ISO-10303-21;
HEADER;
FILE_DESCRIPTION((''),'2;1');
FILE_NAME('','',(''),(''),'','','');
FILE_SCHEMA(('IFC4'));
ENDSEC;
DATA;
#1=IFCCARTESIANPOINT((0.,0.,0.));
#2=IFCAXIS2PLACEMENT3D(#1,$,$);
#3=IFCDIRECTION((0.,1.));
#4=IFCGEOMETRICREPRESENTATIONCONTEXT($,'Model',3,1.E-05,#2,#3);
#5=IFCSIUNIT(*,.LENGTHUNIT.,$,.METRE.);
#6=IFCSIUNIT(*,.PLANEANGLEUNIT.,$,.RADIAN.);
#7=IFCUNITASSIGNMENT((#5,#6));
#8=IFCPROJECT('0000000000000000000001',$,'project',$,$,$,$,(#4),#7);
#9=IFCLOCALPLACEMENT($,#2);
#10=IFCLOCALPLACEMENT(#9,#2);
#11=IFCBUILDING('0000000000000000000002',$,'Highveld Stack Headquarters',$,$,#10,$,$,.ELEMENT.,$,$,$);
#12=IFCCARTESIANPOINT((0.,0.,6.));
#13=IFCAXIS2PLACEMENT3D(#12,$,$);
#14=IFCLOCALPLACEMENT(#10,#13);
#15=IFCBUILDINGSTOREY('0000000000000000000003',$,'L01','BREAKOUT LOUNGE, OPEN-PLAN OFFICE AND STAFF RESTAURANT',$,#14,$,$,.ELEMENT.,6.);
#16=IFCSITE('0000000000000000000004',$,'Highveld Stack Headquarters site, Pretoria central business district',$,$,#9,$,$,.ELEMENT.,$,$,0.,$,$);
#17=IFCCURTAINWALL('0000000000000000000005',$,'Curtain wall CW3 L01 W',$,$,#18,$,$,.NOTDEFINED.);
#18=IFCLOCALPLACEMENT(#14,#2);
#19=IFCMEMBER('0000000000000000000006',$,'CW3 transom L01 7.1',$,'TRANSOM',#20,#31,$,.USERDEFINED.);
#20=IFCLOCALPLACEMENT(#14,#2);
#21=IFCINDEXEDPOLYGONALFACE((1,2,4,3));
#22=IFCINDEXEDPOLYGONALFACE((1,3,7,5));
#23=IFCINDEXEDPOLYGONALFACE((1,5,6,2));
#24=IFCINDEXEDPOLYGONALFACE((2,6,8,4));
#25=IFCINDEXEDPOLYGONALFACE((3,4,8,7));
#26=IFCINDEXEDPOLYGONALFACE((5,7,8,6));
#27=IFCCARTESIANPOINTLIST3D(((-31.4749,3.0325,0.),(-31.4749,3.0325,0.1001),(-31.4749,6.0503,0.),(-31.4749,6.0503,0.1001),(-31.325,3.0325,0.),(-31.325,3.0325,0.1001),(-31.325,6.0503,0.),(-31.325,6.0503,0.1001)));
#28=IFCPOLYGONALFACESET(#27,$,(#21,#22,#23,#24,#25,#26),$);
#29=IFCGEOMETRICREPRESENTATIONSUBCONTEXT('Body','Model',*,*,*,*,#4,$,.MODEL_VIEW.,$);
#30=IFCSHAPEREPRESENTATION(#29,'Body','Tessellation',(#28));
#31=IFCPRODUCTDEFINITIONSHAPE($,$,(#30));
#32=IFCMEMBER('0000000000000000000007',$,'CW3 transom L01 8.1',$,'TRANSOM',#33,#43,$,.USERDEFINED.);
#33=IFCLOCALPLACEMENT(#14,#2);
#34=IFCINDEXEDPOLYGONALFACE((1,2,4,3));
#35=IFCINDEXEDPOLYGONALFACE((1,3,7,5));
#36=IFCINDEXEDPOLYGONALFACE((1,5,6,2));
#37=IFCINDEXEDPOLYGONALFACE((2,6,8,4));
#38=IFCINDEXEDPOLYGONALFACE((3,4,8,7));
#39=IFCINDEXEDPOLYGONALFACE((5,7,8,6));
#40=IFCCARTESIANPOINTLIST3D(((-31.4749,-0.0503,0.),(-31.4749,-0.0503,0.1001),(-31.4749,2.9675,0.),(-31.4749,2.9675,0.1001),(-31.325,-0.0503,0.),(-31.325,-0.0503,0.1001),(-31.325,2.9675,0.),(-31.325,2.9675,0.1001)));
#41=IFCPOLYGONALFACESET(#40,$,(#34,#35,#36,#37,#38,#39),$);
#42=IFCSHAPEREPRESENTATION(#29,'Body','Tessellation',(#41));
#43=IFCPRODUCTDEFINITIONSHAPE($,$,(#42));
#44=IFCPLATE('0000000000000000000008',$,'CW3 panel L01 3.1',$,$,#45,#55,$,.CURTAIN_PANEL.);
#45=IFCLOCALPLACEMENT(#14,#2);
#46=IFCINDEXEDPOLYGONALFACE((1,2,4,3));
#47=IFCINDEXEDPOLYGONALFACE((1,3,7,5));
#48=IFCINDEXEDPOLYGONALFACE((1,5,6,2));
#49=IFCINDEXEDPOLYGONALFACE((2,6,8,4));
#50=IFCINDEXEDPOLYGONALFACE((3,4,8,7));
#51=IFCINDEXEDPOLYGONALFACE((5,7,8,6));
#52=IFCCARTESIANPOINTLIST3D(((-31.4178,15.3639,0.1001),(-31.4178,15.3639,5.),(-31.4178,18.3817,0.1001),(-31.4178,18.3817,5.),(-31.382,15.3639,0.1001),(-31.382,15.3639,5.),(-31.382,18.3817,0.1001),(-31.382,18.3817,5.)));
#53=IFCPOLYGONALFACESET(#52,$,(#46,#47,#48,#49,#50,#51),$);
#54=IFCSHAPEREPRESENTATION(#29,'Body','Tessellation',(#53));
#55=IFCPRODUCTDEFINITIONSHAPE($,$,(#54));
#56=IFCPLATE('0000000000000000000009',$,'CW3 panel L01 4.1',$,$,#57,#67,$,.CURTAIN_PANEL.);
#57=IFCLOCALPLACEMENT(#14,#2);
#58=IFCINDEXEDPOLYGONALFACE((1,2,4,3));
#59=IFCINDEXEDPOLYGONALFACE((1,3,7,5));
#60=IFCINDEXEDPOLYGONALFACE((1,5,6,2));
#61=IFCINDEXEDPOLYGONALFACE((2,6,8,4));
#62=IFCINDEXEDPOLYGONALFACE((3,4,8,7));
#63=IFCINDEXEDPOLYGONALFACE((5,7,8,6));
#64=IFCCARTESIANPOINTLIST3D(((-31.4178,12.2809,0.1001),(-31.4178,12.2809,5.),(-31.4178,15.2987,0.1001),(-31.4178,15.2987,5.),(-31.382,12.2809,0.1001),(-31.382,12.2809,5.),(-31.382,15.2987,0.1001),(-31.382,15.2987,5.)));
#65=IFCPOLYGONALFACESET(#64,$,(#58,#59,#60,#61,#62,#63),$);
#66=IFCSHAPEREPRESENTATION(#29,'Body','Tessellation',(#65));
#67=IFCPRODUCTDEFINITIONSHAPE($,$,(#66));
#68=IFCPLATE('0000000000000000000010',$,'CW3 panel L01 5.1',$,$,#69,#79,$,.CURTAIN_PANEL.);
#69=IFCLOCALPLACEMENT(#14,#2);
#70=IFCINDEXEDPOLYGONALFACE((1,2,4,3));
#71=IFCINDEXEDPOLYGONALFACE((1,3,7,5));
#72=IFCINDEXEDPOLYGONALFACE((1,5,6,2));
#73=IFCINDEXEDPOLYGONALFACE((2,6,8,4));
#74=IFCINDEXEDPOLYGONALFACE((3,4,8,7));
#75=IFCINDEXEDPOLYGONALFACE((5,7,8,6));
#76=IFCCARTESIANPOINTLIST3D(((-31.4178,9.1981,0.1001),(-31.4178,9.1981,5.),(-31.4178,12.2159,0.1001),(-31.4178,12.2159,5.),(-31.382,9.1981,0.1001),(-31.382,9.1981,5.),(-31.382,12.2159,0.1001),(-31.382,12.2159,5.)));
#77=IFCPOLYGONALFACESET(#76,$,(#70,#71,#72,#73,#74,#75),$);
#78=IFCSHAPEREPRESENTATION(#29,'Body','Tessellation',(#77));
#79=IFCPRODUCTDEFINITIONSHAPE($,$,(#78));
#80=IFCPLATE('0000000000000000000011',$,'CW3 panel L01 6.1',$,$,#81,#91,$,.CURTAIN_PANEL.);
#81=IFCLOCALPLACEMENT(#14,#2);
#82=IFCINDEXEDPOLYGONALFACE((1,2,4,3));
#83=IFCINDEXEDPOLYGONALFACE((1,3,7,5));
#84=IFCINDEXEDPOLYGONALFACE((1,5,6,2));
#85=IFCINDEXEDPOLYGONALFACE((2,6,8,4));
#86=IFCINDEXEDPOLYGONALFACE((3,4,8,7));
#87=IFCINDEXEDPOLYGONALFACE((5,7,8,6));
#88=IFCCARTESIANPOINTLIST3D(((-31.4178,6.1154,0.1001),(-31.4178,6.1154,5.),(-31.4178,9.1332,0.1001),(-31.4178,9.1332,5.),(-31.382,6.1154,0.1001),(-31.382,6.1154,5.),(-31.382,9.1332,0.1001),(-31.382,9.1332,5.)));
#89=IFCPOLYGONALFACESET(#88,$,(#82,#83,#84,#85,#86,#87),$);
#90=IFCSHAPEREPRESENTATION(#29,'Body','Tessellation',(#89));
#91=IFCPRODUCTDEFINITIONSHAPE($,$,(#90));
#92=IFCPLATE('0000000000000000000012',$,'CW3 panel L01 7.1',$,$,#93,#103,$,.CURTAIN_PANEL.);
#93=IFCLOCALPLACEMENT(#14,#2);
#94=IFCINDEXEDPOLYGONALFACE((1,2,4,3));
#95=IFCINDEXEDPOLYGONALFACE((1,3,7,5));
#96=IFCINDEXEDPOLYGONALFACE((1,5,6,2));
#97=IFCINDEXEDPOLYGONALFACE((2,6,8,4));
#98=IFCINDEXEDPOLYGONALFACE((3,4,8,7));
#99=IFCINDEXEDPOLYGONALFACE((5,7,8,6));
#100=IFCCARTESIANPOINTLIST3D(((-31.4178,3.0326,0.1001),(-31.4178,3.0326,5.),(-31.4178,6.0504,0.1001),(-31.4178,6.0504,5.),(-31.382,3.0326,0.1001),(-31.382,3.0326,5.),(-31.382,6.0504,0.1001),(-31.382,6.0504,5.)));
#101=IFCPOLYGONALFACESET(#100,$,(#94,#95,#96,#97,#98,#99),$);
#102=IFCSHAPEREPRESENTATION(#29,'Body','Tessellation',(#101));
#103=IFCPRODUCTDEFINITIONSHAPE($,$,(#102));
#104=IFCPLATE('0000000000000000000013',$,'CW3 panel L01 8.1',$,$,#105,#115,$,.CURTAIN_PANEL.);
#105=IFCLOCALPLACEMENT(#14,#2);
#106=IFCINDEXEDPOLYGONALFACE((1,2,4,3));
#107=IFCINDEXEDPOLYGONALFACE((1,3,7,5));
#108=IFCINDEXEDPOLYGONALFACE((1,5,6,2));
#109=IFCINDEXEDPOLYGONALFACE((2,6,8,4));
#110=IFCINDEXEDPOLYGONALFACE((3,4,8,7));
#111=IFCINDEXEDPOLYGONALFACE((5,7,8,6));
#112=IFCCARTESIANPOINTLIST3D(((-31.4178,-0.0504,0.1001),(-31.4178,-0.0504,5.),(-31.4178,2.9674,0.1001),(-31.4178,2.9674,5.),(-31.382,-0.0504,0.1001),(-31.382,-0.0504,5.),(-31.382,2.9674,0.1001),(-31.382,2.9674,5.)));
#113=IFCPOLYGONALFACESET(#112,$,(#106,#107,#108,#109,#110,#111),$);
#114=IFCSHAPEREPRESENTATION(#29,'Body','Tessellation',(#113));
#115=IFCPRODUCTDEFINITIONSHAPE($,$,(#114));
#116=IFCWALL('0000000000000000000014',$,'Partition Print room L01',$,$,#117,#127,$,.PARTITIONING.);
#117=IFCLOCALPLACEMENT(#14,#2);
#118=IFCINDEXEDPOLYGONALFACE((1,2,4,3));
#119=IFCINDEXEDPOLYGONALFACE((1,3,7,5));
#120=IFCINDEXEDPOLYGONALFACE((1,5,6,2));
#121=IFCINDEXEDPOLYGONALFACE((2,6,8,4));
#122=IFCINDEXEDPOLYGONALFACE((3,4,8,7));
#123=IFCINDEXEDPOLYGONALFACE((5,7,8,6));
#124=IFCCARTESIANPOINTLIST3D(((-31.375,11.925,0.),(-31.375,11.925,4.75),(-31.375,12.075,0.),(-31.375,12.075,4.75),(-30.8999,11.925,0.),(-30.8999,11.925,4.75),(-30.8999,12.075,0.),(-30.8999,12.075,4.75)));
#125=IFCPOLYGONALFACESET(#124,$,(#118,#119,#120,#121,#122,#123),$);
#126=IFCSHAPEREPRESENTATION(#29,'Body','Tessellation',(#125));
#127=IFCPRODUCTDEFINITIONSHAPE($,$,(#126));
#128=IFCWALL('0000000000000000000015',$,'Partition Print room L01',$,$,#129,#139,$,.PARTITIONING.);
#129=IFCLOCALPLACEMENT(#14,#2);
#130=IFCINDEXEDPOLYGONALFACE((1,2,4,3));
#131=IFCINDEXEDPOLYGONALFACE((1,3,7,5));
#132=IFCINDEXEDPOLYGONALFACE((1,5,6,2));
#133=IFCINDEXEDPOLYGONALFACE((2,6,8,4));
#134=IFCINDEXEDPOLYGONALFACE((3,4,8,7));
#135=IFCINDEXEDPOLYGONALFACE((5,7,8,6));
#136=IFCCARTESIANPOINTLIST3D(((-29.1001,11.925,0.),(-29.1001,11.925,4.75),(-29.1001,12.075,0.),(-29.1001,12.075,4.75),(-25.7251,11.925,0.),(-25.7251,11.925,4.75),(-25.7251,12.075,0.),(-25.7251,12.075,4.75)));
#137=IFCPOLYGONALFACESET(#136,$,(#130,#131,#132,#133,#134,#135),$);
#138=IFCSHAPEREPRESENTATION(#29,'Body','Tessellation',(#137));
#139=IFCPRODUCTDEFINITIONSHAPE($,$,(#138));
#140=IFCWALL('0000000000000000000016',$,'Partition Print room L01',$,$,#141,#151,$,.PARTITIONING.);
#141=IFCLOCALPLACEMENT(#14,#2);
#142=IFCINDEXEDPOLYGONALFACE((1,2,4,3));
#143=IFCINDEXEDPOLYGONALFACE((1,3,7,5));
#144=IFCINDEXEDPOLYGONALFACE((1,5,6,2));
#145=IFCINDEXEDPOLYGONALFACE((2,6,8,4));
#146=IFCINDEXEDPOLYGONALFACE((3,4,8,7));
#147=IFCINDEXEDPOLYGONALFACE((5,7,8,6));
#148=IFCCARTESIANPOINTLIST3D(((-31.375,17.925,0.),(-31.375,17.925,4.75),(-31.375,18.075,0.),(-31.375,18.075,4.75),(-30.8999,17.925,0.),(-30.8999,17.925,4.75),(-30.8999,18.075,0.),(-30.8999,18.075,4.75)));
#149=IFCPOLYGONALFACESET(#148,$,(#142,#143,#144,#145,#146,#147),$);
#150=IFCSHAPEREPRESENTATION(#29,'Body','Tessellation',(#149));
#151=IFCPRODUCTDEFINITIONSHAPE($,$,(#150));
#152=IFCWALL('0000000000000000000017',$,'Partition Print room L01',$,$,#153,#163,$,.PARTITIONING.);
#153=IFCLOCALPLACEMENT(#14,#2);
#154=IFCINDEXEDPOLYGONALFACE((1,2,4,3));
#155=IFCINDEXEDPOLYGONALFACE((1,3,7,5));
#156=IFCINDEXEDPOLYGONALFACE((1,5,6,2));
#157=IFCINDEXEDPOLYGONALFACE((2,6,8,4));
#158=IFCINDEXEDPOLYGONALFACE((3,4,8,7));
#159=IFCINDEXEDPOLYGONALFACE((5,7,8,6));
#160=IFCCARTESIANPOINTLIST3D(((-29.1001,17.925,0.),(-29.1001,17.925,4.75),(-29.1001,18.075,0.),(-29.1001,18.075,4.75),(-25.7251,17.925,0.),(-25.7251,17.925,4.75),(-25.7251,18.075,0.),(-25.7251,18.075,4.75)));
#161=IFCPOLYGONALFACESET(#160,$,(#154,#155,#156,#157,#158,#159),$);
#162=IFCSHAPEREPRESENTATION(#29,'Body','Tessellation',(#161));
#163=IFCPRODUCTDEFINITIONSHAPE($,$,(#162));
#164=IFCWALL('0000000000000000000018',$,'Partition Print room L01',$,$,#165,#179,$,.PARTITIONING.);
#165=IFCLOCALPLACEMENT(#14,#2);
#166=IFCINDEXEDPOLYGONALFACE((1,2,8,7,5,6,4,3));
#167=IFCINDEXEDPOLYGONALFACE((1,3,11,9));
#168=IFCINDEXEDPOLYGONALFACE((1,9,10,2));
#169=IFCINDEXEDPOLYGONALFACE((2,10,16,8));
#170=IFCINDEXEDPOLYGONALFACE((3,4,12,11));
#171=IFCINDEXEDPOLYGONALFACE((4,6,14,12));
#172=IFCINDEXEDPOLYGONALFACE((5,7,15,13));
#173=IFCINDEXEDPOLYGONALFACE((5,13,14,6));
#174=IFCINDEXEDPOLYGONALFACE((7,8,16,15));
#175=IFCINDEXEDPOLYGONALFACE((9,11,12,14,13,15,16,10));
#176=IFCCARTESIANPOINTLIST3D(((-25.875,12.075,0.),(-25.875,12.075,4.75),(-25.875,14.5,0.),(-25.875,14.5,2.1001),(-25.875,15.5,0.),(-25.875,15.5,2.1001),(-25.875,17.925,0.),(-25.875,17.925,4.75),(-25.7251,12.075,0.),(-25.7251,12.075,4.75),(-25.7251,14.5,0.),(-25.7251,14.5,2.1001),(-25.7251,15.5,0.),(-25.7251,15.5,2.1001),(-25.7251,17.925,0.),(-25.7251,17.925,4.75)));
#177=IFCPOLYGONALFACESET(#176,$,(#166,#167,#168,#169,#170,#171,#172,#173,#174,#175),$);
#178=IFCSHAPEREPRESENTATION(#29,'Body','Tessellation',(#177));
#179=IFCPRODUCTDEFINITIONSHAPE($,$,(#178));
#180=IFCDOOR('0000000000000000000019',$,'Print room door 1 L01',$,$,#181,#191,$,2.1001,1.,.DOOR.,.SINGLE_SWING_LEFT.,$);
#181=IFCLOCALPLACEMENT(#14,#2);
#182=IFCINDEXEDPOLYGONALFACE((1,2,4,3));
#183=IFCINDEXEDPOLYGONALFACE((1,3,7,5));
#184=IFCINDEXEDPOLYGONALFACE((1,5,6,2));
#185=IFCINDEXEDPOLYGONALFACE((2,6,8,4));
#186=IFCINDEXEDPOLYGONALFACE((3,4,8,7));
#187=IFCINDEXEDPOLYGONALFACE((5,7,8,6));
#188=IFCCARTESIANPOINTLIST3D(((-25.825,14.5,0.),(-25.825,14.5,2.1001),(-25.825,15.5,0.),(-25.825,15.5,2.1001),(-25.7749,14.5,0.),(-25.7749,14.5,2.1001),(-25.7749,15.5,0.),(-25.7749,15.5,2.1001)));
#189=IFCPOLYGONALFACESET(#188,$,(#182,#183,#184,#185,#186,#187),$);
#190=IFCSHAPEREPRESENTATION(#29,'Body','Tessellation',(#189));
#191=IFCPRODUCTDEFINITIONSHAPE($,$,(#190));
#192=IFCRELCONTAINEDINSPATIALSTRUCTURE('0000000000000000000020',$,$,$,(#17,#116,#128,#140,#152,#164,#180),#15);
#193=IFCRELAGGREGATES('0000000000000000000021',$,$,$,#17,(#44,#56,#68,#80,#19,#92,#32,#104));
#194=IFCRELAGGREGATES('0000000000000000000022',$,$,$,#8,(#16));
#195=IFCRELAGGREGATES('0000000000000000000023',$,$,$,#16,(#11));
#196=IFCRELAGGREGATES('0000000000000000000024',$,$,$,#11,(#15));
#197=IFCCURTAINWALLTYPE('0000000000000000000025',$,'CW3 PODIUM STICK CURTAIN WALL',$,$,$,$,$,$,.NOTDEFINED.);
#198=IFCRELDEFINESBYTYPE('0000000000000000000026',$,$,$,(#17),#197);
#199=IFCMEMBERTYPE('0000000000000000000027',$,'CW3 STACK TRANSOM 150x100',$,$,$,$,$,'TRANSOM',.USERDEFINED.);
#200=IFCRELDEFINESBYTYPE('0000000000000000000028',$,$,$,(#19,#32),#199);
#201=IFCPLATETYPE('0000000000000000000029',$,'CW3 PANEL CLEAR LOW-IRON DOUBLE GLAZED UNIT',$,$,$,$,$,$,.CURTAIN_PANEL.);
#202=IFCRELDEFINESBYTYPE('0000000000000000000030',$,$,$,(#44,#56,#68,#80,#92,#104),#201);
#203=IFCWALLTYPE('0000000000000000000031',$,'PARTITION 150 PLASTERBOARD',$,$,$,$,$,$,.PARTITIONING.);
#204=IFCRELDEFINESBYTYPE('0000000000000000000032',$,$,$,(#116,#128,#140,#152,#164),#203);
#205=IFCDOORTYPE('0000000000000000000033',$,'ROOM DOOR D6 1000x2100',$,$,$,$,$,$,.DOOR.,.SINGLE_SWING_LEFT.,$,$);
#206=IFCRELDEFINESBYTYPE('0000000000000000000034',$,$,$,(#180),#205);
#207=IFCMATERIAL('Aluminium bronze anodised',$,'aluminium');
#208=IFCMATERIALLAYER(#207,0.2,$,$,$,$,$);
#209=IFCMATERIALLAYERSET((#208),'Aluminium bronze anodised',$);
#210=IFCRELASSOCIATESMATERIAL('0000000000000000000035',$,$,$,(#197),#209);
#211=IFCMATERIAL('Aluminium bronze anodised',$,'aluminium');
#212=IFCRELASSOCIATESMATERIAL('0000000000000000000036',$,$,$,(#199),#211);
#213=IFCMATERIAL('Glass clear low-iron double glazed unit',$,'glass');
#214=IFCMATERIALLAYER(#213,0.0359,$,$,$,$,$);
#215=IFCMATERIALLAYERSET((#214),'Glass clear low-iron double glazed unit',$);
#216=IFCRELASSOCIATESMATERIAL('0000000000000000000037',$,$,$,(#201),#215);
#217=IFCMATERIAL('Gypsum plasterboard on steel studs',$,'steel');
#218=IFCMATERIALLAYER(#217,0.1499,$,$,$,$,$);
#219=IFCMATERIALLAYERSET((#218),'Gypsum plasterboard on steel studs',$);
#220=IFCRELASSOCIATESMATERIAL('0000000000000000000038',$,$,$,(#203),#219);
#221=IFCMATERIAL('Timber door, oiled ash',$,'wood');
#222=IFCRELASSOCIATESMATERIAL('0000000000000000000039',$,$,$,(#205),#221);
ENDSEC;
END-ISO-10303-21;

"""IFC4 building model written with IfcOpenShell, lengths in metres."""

from ifc_helpers import new_model, si_unit, direction, frame, frame_2d, origin, origin_2d, place, context, subcontext, project, spatial, rectangle, extrude, material, layer, layer_set, material_profile, profile_set, type_object, element, fill, aggregate, save


model = new_model("IFC4")

# Units and contexts
model_context = context("Model", 3, precision=1e-05, world=origin(), true_north=direction((0.0, 1.0)))
body_context = subcontext(model_context, "Body", "Model", "MODEL_VIEW")
ifc_project = project(units=[si_unit("LENGTHUNIT", "METRE"), si_unit("PLANEANGLEUNIT", "RADIAN")], contexts=[model_context])

# Site, building, storey
site_placement = place(None, origin())
site = spatial("IfcSite", under=ifc_project, at=site_placement, Name="Highveld Stack Headquarters site, Pretoria central business district", CompositionType="ELEMENT", RefElevation=0.0)
building_placement = place(site_placement, origin())
building = spatial("IfcBuilding", under=site, at=building_placement, Name="Highveld Stack Headquarters", CompositionType="ELEMENT")
storey_placement = place(building_placement, frame((0.0, 0.0, 6.0)))
storey = spatial("IfcBuildingStorey", under=building, at=storey_placement, Name="L01", Description="BREAKOUT LOUNGE, OPEN-PLAN OFFICE AND STAFF RESTAURANT", CompositionType="ELEMENT", Elevation=6.0)

# Curtain wall, members, plates
ifc_material_1 = material(Name="Aluminium bronze anodised", Category="aluminium")
ifc_layer_1 = layer(ifc_material_1, 0.2)
ifc_layer_set_1 = layer_set([ifc_layer_1], Name="Aluminium bronze anodised")
curtain_wall_type = type_object("IfcCurtainWallType", Name="CW3 PODIUM STICK CURTAIN WALL", PredefinedType="NOTDEFINED", material=ifc_layer_set_1)
curtain_wall_placement = place(storey_placement, origin())
curtain_wall = element("IfcCurtainWall", 1, at=curtain_wall_placement, inside=storey, type_object=curtain_wall_type, Name="Curtain wall CW3 L01 W", PredefinedType="NOTDEFINED")
ifc_material_2 = material(Name="Aluminium bronze anodised", Category="aluminium")
ifc_material_profile_1 = material_profile(ifc_material_2, rectangle(XDim=0.1499, YDim=0.1001, at=origin_2d()), Name="CW3 TRANSOM 150x100")
ifc_profile_set_1 = profile_set([ifc_material_profile_1], Name="Aluminium bronze anodised")
member_type_1 = type_object("IfcMemberType", Name="CW3 STACK TRANSOM 150x100", ElementType="TRANSOM", PredefinedType="USERDEFINED", material=ifc_profile_set_1)
member_1_placement = place(storey_placement, frame((-31.3999, 6.0503, 0.05), z_axis=(0.0, -1.0, 0.0), x_axis=(1.0, 0.0, 0.0)))
member_1 = element("IfcMember", 2, at=member_1_placement, type_object=member_type_1, Name="CW3 transom L01 7.1", ObjectType="TRANSOM", PredefinedType="USERDEFINED", context=body_context, shape_type="SweptSolid", body=[
    extrude(rectangle(XDim=0.1499, YDim=0.1001, at=origin_2d()), origin(), (0.0, 0.0, 1.0), 3.0178),
])
member_2_placement = place(storey_placement, frame((-31.3999, 2.9675, 0.05), z_axis=(0.0, -1.0, 0.0), x_axis=(1.0, 0.0, 0.0)))
member_2 = element("IfcMember", 3, at=member_2_placement, type_object=member_type_1, Name="CW3 transom L01 8.1", ObjectType="TRANSOM", PredefinedType="USERDEFINED", context=body_context, shape_type="SweptSolid", body=[
    extrude(rectangle(XDim=0.1499, YDim=0.1001, at=origin_2d()), origin(), (0.0, 0.0, 1.0), 3.0178),
])
ifc_material_3 = material(Name="Glass clear low-iron double glazed unit", Category="glass")
ifc_layer_2 = layer(ifc_material_3, 0.0359)
ifc_layer_set_2 = layer_set([ifc_layer_2], Name="Glass clear low-iron double glazed unit")
plate_type = type_object("IfcPlateType", Name="CW3 PANEL CLEAR LOW-IRON DOUBLE GLAZED UNIT", PredefinedType="CURTAIN_PANEL", material=ifc_layer_set_2)
plate_1_placement = place(storey_placement, frame((-31.3999, 16.8728, 0.1001), z_axis=(0.0, 0.0, 1.0), x_axis=(0.0, -1.0, 0.0)))
plate_1 = element("IfcPlate", 4, at=plate_1_placement, type_object=plate_type, Name="CW3 panel L01 3.1", PredefinedType="CURTAIN_PANEL", context=body_context, shape_type="SweptSolid", body=[
    extrude(rectangle(XDim=3.0178, YDim=0.0359, at=origin_2d()), origin(), (0.0, 0.0, 1.0), 4.8999),
])
plate_2_placement = place(storey_placement, frame((-31.3999, 13.7898, 0.1001), z_axis=(0.0, 0.0, 1.0), x_axis=(0.0, -1.0, 0.0)))
plate_2 = element("IfcPlate", 5, at=plate_2_placement, type_object=plate_type, Name="CW3 panel L01 4.1", PredefinedType="CURTAIN_PANEL", context=body_context, shape_type="SweptSolid", body=[
    extrude(rectangle(XDim=3.0178, YDim=0.0359, at=origin_2d()), origin(), (0.0, 0.0, 1.0), 4.8999),
])
plate_3_placement = place(storey_placement, frame((-31.3999, 10.707, 0.1001), z_axis=(0.0, 0.0, 1.0), x_axis=(0.0, -1.0, 0.0)))
plate_3 = element("IfcPlate", 6, at=plate_3_placement, type_object=plate_type, Name="CW3 panel L01 5.1", PredefinedType="CURTAIN_PANEL", context=body_context, shape_type="SweptSolid", body=[
    extrude(rectangle(XDim=3.0178, YDim=0.0359, at=origin_2d()), origin(), (0.0, 0.0, 1.0), 4.8999),
])
plate_4_placement = place(storey_placement, frame((-31.3999, 7.6243, 0.1001), z_axis=(0.0, 0.0, 1.0), x_axis=(0.0, -1.0, 0.0)))
plate_4 = element("IfcPlate", 7, at=plate_4_placement, type_object=plate_type, Name="CW3 panel L01 6.1", PredefinedType="CURTAIN_PANEL", context=body_context, shape_type="SweptSolid", body=[
    extrude(rectangle(XDim=3.0178, YDim=0.0359, at=origin_2d()), origin(), (0.0, 0.0, 1.0), 4.8999),
])
plate_5_placement = place(storey_placement, frame((-31.3999, 4.5415, 0.1001), z_axis=(0.0, 0.0, 1.0), x_axis=(0.0, -1.0, 0.0)))
plate_5 = element("IfcPlate", 8, at=plate_5_placement, type_object=plate_type, Name="CW3 panel L01 7.1", PredefinedType="CURTAIN_PANEL", context=body_context, shape_type="SweptSolid", body=[
    extrude(rectangle(XDim=3.0178, YDim=0.0359, at=origin_2d()), origin(), (0.0, 0.0, 1.0), 4.8999),
])
plate_6_placement = place(storey_placement, frame((-31.3999, 1.4585, 0.1001), z_axis=(0.0, 0.0, 1.0), x_axis=(0.0, -1.0, 0.0)))
plate_6 = element("IfcPlate", 9, at=plate_6_placement, type_object=plate_type, Name="CW3 panel L01 8.1", PredefinedType="CURTAIN_PANEL", context=body_context, shape_type="SweptSolid", body=[
    extrude(rectangle(XDim=3.0178, YDim=0.0359, at=origin_2d()), origin(), (0.0, 0.0, 1.0), 4.8999),
])
aggregate(curtain_wall, [plate_1, plate_2, plate_3, plate_4, member_1, plate_5, member_2, plate_6])

# Walls
ifc_material_4 = material(Name="Gypsum plasterboard on steel studs", Category="steel")
ifc_layer_3 = layer(ifc_material_4, 0.1499)
ifc_layer_set_3 = layer_set([ifc_layer_3], Name="Gypsum plasterboard on steel studs")
wall_type = type_object("IfcWallType", Name="PARTITION 150 PLASTERBOARD", PredefinedType="PARTITIONING", material=ifc_layer_set_3)
wall_1_placement = place(storey_placement, frame((-31.375, 12.0, 0.0), z_axis=(0.0, 0.0, 1.0), x_axis=(1.0, 0.0, 0.0)))
element("IfcWall", 10, at=wall_1_placement, inside=storey, type_object=wall_type, Name="Partition Print room L01", PredefinedType="PARTITIONING", context=body_context, shape_type="SweptSolid", body=[
    extrude(rectangle(XDim=0.4751, YDim=0.1499, at=frame_2d((0.2375, 0.0))), origin(), (0.0, 0.0, 1.0), 4.75),
])
wall_2_placement = place(storey_placement, frame((-29.1001, 12.0, 0.0), z_axis=(0.0, 0.0, 1.0), x_axis=(1.0, 0.0, 0.0)))
element("IfcWall", 11, at=wall_2_placement, inside=storey, type_object=wall_type, Name="Partition Print room L01", PredefinedType="PARTITIONING", context=body_context, shape_type="SweptSolid", body=[
    extrude(rectangle(XDim=3.375, YDim=0.1499, at=frame_2d((1.6875, 0.0))), origin(), (0.0, 0.0, 1.0), 4.75),
])
wall_3_placement = place(storey_placement, frame((-31.375, 18.0, 0.0), z_axis=(0.0, 0.0, 1.0), x_axis=(1.0, 0.0, 0.0)))
element("IfcWall", 12, at=wall_3_placement, inside=storey, type_object=wall_type, Name="Partition Print room L01", PredefinedType="PARTITIONING", context=body_context, shape_type="SweptSolid", body=[
    extrude(rectangle(XDim=0.4751, YDim=0.1499, at=frame_2d((0.2375, 0.0))), origin(), (0.0, 0.0, 1.0), 4.75),
])
wall_4_placement = place(storey_placement, frame((-29.1001, 18.0, 0.0), z_axis=(0.0, 0.0, 1.0), x_axis=(1.0, 0.0, 0.0)))
element("IfcWall", 13, at=wall_4_placement, inside=storey, type_object=wall_type, Name="Partition Print room L01", PredefinedType="PARTITIONING", context=body_context, shape_type="SweptSolid", body=[
    extrude(rectangle(XDim=3.375, YDim=0.1499, at=frame_2d((1.6875, 0.0))), origin(), (0.0, 0.0, 1.0), 4.75),
])

# Wall, opening, door
wall_5_placement = place(storey_placement, frame((-25.8, 12.075, 0.0), z_axis=(0.0, 0.0, 1.0), x_axis=(0.0, 1.0, 0.0)))
wall_5 = element("IfcWall", 14, at=wall_5_placement, inside=storey, type_object=wall_type, Name="Partition Print room L01", PredefinedType="PARTITIONING", context=body_context, shape_type="SweptSolid", body=[
    extrude(rectangle(XDim=5.8501, YDim=0.1499, at=frame_2d((2.925, 0.0))), origin(), (0.0, 0.0, 1.0), 4.75),
])
opening_placement = place(wall_5_placement, frame((2.425, 0.0, 0.0)))
opening = element("IfcOpeningElement", 15, at=opening_placement, cuts=wall_5, PredefinedType="OPENING", context=body_context, shape_type="SweptSolid", body=[
    extrude(rectangle(XDim=1.0, YDim=2.1001, at=frame_2d((0.5, 1.05))), frame((0.0, 0.085, 0.0), z_axis=(0.0, -1.0, 0.0), x_axis=(1.0, 0.0, 0.0)), (0.0, 0.0, 1.0), 0.1699),
])
ifc_material_5 = material(Name="Timber door, oiled ash", Category="wood")
door_type = type_object("IfcDoorType", Name="ROOM DOOR D6 1000x2100", OperationType="SINGLE_SWING_LEFT", PredefinedType="DOOR", material=ifc_material_5)
door_placement = place(opening_placement, origin())
door = element("IfcDoor", 16, at=door_placement, inside=storey, type_object=door_type, Name="Print room door 1 L01", OperationType="SINGLE_SWING_LEFT", OverallHeight=2.1001, OverallWidth=1.0, PredefinedType="DOOR", context=body_context, shape_type="SweptSolid", body=[
    extrude(rectangle(XDim=1.0, YDim=2.1001, at=frame_2d((0.5, 1.05))), frame((0.0, 0.0249, 0.0), z_axis=(0.0, -1.0, 0.0), x_axis=(1.0, 0.0, 0.0)), (0.0, 0.0, 1.0), 0.05),
])
fill(opening, door)

save(model, "model.ifc")
